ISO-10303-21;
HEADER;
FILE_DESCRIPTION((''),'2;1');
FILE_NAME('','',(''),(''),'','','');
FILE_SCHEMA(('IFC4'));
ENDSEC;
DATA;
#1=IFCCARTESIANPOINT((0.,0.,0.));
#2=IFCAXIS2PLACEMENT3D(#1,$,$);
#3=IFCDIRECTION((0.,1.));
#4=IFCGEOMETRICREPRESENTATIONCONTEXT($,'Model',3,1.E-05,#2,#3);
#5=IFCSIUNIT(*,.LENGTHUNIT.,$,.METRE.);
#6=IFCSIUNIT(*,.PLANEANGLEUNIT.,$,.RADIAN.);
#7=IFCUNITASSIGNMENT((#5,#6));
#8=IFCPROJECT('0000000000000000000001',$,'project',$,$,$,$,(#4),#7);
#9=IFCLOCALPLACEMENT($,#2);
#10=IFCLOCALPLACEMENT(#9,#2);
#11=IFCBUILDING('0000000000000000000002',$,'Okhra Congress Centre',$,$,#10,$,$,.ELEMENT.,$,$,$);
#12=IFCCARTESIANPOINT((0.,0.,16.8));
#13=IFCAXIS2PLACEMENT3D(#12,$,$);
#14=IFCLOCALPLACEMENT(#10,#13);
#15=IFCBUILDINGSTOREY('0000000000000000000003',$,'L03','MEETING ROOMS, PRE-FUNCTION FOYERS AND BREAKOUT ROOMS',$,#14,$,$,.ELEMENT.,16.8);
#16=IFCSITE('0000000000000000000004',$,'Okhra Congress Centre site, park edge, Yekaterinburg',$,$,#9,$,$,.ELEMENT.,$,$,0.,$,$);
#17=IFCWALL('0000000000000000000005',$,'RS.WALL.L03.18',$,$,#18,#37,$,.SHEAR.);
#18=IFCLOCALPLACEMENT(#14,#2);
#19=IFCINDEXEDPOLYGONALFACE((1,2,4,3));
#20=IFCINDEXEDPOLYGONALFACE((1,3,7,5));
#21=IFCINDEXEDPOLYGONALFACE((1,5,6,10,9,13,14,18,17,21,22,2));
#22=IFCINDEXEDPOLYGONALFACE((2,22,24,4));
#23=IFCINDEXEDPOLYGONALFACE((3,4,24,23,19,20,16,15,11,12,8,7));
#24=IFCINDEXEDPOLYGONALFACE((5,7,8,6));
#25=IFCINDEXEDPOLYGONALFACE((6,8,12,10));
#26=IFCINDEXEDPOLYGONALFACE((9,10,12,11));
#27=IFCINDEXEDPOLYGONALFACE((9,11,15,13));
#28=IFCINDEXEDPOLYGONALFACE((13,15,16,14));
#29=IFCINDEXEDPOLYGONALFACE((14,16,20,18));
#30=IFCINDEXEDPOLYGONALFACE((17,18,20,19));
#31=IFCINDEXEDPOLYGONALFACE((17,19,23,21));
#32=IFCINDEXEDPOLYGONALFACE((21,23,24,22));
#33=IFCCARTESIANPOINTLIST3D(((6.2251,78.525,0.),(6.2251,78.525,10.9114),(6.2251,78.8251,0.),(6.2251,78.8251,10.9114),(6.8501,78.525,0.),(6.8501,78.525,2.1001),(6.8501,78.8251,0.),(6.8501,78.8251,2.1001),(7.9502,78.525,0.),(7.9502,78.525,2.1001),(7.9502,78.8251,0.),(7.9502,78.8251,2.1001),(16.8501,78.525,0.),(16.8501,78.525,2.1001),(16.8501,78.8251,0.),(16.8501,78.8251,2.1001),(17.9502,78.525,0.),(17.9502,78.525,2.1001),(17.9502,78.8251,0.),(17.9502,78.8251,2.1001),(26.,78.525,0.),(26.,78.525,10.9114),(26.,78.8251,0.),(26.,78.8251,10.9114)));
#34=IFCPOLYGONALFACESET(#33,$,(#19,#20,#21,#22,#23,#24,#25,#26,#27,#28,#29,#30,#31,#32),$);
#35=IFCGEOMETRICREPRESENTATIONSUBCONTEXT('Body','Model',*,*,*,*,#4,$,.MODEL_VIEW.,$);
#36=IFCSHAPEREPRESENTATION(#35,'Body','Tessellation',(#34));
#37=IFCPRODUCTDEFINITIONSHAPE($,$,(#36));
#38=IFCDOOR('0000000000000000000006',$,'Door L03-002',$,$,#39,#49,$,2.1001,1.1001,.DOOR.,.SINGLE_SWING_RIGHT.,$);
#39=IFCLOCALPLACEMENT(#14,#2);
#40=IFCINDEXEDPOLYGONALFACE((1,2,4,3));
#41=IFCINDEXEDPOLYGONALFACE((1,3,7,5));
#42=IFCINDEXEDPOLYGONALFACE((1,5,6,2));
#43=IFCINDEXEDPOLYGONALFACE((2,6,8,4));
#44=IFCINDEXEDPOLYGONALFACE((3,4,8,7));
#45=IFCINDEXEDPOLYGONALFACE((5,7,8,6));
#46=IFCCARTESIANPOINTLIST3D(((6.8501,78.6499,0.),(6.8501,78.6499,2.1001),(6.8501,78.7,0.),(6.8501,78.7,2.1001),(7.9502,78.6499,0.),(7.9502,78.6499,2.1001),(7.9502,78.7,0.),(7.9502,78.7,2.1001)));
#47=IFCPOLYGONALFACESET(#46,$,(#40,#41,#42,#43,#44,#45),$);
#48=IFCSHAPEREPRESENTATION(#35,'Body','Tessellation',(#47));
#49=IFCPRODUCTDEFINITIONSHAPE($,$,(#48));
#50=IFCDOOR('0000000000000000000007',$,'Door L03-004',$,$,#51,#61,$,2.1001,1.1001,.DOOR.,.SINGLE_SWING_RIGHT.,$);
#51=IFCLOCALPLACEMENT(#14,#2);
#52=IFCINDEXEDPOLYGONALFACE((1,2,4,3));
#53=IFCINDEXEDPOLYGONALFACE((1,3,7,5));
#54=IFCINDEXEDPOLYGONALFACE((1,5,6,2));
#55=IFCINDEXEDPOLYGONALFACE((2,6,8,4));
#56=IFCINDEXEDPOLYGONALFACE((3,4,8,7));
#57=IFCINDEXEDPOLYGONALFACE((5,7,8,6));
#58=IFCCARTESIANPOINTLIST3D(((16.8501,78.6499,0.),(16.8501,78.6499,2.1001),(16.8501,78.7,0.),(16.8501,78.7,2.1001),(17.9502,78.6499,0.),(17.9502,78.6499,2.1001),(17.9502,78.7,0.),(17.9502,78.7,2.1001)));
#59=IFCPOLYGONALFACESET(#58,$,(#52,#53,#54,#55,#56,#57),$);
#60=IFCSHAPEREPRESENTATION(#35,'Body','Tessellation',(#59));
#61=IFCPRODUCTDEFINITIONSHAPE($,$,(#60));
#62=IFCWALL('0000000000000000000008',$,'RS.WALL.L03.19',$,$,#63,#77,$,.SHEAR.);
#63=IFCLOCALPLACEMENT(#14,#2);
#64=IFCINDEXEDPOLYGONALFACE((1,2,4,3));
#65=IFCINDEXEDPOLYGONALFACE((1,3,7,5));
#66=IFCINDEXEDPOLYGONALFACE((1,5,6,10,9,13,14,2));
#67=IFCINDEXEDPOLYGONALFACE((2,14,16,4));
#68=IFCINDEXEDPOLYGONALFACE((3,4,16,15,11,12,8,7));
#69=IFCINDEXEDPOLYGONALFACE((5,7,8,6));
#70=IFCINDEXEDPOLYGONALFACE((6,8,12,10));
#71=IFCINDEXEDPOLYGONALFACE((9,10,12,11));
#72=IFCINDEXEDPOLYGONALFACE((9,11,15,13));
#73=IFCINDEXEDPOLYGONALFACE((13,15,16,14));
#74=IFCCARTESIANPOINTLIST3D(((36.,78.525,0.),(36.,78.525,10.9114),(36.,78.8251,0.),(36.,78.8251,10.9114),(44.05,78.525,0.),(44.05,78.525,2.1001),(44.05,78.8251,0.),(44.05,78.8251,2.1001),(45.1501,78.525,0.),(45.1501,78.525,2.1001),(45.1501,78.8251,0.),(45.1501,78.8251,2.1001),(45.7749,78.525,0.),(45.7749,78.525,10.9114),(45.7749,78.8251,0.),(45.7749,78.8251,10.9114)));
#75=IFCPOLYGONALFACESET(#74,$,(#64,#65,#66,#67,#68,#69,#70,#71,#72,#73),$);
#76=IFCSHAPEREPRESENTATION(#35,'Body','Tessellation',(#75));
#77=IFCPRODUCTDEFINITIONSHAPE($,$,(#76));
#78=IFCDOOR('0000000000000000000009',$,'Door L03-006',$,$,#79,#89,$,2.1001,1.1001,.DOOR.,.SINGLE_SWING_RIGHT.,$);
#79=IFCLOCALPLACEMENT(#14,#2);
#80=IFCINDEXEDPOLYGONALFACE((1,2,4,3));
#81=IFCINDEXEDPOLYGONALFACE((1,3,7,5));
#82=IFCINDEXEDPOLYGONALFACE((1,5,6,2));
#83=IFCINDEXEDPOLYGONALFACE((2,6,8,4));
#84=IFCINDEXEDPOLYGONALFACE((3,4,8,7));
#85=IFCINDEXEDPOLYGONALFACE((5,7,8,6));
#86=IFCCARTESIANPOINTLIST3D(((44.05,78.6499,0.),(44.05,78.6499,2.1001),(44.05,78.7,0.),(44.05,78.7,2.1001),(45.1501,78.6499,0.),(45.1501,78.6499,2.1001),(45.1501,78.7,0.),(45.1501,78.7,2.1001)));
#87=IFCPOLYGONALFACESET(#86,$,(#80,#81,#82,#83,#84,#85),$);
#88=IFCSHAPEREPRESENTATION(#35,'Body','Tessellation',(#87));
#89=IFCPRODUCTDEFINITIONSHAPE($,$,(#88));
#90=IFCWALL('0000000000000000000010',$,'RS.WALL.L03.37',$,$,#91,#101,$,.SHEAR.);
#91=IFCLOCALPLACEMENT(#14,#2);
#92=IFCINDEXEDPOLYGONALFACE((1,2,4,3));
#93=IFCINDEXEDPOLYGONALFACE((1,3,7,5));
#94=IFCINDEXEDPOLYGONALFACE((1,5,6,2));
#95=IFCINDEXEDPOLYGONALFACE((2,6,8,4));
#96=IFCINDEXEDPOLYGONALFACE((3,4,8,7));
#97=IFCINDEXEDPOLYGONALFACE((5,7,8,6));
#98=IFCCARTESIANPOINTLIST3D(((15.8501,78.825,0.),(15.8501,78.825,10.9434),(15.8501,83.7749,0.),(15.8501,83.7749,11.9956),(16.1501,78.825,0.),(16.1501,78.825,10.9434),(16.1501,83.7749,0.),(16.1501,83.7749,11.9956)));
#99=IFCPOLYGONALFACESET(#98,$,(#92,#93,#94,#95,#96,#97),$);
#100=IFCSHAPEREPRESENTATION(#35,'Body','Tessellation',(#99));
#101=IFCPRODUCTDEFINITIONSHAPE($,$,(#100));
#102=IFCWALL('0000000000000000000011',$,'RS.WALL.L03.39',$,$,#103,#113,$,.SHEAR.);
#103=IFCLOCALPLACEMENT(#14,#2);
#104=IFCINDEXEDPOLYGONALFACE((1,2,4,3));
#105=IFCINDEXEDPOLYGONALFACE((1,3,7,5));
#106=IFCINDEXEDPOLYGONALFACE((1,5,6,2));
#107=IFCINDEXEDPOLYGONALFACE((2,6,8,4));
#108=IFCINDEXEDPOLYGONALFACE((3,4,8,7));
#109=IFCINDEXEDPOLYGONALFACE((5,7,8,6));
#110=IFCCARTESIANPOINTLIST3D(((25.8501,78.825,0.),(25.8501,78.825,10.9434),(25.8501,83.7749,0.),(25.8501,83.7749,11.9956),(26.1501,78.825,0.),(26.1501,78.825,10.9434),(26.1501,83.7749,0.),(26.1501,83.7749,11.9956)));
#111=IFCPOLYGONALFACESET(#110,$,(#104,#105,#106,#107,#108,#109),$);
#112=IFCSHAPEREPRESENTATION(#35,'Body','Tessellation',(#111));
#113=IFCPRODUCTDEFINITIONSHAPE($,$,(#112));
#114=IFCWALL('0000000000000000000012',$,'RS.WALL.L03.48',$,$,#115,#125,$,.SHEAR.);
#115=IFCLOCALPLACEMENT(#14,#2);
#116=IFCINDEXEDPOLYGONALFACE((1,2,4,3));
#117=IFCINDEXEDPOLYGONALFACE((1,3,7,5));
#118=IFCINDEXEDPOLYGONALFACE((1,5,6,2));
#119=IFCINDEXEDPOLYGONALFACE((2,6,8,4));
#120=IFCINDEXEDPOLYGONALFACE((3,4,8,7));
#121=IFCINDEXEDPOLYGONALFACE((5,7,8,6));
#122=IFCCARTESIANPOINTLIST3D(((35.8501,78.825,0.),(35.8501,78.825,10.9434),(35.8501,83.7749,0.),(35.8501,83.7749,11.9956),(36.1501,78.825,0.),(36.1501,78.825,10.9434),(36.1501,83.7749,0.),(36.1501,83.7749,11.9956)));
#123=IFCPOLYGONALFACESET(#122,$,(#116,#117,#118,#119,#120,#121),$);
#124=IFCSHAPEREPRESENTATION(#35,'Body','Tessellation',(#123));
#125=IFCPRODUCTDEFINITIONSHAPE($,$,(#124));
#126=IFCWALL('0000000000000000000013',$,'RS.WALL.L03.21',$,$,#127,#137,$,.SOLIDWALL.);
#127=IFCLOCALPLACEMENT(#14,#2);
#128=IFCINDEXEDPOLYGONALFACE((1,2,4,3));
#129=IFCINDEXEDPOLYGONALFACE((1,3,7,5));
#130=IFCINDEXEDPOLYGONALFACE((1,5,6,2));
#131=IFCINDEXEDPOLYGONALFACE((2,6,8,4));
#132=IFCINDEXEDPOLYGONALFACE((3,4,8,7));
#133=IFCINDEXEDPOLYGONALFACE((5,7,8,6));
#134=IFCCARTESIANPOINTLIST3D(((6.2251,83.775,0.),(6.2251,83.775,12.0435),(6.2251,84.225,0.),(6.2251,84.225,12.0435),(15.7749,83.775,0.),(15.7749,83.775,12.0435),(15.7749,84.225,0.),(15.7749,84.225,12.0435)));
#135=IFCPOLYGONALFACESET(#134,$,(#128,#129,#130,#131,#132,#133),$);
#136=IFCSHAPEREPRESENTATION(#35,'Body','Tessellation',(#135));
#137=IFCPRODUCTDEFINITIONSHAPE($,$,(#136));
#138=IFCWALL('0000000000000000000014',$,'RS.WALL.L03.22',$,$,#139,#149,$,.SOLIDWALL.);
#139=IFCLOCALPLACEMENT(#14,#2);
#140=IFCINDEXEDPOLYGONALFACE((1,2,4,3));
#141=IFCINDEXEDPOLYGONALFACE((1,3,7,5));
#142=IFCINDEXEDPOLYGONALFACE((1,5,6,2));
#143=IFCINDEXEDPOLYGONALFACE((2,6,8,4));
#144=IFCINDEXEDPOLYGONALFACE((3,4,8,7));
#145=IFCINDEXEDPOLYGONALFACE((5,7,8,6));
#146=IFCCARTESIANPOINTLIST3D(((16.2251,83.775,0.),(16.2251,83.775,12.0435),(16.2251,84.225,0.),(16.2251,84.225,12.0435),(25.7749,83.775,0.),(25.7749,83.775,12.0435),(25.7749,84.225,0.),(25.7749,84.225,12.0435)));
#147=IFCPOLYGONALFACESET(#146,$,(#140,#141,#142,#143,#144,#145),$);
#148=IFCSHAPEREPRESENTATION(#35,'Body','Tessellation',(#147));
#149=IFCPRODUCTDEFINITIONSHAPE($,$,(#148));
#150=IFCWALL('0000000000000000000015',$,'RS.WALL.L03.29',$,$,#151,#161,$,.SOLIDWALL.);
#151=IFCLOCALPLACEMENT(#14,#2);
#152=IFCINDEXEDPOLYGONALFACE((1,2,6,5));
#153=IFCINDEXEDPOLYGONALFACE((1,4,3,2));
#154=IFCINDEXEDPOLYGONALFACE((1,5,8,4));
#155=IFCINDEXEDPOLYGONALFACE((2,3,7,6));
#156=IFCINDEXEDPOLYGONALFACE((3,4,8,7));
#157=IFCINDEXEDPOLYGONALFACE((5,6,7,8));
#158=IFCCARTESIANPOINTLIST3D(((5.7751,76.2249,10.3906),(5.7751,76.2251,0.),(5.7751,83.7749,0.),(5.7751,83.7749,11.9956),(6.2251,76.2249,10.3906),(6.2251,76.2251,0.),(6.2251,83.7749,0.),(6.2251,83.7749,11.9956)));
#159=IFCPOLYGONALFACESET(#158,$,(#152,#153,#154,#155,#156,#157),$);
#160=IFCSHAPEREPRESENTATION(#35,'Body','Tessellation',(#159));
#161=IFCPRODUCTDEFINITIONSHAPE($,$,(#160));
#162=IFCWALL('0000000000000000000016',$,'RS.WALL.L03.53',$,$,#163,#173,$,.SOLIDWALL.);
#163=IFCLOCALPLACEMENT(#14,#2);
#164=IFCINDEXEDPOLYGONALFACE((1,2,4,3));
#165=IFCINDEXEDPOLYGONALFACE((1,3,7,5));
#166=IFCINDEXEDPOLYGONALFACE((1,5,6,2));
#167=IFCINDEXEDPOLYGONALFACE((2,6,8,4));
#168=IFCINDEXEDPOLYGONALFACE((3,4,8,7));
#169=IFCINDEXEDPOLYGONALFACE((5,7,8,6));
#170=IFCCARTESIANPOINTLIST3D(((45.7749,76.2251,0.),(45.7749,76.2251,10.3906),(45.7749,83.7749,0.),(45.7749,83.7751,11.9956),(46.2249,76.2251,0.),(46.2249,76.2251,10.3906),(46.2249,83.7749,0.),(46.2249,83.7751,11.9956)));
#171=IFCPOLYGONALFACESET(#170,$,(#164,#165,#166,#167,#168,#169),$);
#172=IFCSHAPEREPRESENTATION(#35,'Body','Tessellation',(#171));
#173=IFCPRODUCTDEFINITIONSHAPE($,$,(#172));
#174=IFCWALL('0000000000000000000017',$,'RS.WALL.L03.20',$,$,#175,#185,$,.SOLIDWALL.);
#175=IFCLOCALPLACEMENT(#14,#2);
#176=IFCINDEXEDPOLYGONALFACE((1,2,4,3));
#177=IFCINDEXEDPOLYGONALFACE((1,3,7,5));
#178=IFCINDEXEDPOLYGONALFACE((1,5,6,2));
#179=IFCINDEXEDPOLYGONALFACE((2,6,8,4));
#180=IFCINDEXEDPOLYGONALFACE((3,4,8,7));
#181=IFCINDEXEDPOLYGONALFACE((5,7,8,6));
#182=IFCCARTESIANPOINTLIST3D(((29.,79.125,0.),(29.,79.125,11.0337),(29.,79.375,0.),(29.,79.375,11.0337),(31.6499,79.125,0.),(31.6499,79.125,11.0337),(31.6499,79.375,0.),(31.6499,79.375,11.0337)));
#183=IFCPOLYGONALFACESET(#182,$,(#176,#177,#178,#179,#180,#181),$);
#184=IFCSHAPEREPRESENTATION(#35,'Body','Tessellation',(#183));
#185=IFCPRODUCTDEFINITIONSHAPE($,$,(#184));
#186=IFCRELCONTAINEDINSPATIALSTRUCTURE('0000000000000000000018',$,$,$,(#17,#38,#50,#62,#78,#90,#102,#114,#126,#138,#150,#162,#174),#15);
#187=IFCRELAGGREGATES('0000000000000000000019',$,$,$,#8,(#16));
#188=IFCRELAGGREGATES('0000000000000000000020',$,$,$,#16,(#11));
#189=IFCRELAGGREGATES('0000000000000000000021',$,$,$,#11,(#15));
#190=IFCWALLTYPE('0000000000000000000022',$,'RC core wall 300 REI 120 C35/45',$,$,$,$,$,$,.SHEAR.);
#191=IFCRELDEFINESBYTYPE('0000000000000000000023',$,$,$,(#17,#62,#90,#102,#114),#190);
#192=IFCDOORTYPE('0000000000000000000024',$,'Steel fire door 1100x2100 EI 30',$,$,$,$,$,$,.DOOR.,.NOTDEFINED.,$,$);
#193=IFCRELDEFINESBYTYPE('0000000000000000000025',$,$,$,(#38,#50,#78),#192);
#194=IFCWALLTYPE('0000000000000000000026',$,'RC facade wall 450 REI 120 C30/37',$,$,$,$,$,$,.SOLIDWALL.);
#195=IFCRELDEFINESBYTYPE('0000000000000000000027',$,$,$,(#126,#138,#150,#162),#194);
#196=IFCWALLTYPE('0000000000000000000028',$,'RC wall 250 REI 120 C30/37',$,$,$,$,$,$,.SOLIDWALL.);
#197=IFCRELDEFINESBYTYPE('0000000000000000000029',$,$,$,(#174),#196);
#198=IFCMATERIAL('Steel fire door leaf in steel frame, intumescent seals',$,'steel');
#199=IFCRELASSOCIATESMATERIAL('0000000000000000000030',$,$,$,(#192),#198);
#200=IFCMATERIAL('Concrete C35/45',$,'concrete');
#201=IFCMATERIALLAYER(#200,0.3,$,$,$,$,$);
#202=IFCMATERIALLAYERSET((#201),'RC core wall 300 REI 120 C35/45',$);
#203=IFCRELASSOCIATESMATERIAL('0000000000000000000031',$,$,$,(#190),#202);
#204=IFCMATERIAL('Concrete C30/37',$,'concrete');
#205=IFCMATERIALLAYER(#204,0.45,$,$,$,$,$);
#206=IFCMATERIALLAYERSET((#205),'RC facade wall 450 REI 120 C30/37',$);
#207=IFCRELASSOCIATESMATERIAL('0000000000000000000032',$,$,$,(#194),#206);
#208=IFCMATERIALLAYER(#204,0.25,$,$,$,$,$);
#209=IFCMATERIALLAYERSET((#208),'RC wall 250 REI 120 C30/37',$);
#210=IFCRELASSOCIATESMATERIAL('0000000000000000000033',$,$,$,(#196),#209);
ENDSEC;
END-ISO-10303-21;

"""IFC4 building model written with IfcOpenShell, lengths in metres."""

from ifc_helpers import new_model, si_unit, direction, frame, frame_2d, origin, place, context, subcontext, project, spatial, polyline, rectangle, outline, extrude, material, layer, layer_set, type_object, element, fill, save


model = new_model("IFC4")

# Units and contexts
model_context = context("Model", 3, precision=1e-05, world=origin(), true_north=direction((0.0, 1.0)))
body_context = subcontext(model_context, "Body", "Model", "MODEL_VIEW")
ifc_project = project(units=[si_unit("LENGTHUNIT", "METRE"), si_unit("PLANEANGLEUNIT", "RADIAN")], contexts=[model_context])

# Site, building, storey
site_placement = place(None, origin())
site = spatial("IfcSite", under=ifc_project, at=site_placement, Name="Okhra Congress Centre site, park edge, Yekaterinburg", CompositionType="ELEMENT", RefElevation=0.0)
building_placement = place(site_placement, origin())
building = spatial("IfcBuilding", under=site, at=building_placement, Name="Okhra Congress Centre", CompositionType="ELEMENT")
storey_placement = place(building_placement, frame((0.0, 0.0, 16.8)))
storey = spatial("IfcBuildingStorey", under=building, at=storey_placement, Name="L03", Description="MEETING ROOMS, PRE-FUNCTION FOYERS AND BREAKOUT ROOMS", CompositionType="ELEMENT", Elevation=16.8)

# Shared definitions
ifc_material_1 = material(Name="Concrete C35/45", Category="concrete")

# Shared definitions
ifc_material_2 = material(Name="Steel fire door leaf in steel frame, intumescent seals", Category="steel")
door_type = type_object("IfcDoorType", Name="Steel fire door 1100x2100 EI 30", OperationType="NOTDEFINED", PredefinedType="DOOR", material=ifc_material_2)

# Wall, openings, doors
ifc_layer_1 = layer(ifc_material_1, 0.3)
ifc_layer_set_1 = layer_set([ifc_layer_1], Name="RC core wall 300 REI 120 C35/45")
wall_type_1 = type_object("IfcWallType", Name="RC core wall 300 REI 120 C35/45", PredefinedType="SHEAR", material=ifc_layer_set_1)
wall_1_placement = place(storey_placement, frame((6.2251, 78.675, 0.0), z_axis=(0.0, 0.0, 1.0), x_axis=(1.0, 0.0, 0.0)))
wall_1 = element("IfcWall", 1, at=wall_1_placement, inside=storey, type_object=wall_type_1, Name="RS.WALL.L03.18", PredefinedType="SHEAR", context=body_context, shape_type="SweptSolid", body=[
    extrude(rectangle(XDim=19.7749, YDim=0.3, at=frame_2d((9.8875, 0.0))), origin(), (0.0, 0.0, 1.0), 10.9114),
])
opening_1_placement = place(wall_1_placement, frame((0.625, 0.0, 0.0)))
opening_1 = element("IfcOpeningElement", 2, at=opening_1_placement, cuts=wall_1, PredefinedType="OPENING", context=body_context, shape_type="SweptSolid", body=[
    extrude(rectangle(XDim=1.1001, YDim=2.1001, at=frame_2d((0.55, 1.05))), frame((0.0, 0.1599, 0.0), z_axis=(0.0, -1.0, 0.0), x_axis=(1.0, 0.0, 0.0)), (0.0, 0.0, 1.0), 0.3201),
])
opening_2_placement = place(wall_1_placement, frame((10.625, 0.0, 0.0)))
opening_2 = element("IfcOpeningElement", 3, at=opening_2_placement, cuts=wall_1, PredefinedType="OPENING", context=body_context, shape_type="SweptSolid", body=[
    extrude(rectangle(XDim=1.1001, YDim=2.1001, at=frame_2d((0.55, 1.05))), frame((0.0, 0.1599, 0.0), z_axis=(0.0, -1.0, 0.0), x_axis=(1.0, 0.0, 0.0)), (0.0, 0.0, 1.0), 0.3201),
])
door_1_placement = place(opening_1_placement, origin())
door_1 = element("IfcDoor", 4, at=door_1_placement, inside=storey, type_object=door_type, Name="Door L03-002", OperationType="SINGLE_SWING_RIGHT", OverallHeight=2.1001, OverallWidth=1.1001, PredefinedType="DOOR", context=body_context, shape_type="SweptSolid", body=[
    extrude(rectangle(XDim=1.1001, YDim=2.1001, at=frame_2d((0.55, 1.05))), frame((0.0, 0.0249, 0.0), z_axis=(0.0, -1.0, 0.0), x_axis=(1.0, 0.0, 0.0)), (0.0, 0.0, 1.0), 0.05),
])
fill(opening_1, door_1)
door_2_placement = place(opening_2_placement, origin())
door_2 = element("IfcDoor", 5, at=door_2_placement, inside=storey, type_object=door_type, Name="Door L03-004", OperationType="SINGLE_SWING_RIGHT", OverallHeight=2.1001, OverallWidth=1.1001, PredefinedType="DOOR", context=body_context, shape_type="SweptSolid", body=[
    extrude(rectangle(XDim=1.1001, YDim=2.1001, at=frame_2d((0.55, 1.05))), frame((0.0, 0.0249, 0.0), z_axis=(0.0, -1.0, 0.0), x_axis=(1.0, 0.0, 0.0)), (0.0, 0.0, 1.0), 0.05),
])
fill(opening_2, door_2)

# Wall, opening, door
wall_2_placement = place(storey_placement, frame((36.0, 78.675, 0.0), z_axis=(0.0, 0.0, 1.0), x_axis=(1.0, 0.0, 0.0)))
wall_2 = element("IfcWall", 6, at=wall_2_placement, inside=storey, type_object=wall_type_1, Name="RS.WALL.L03.19", PredefinedType="SHEAR", context=body_context, shape_type="SweptSolid", body=[
    extrude(rectangle(XDim=9.7749, YDim=0.3, at=frame_2d((4.8875, 0.0))), origin(), (0.0, 0.0, 1.0), 10.9114),
])
opening_3_placement = place(wall_2_placement, frame((8.05, 0.0, 0.0)))
opening_3 = element("IfcOpeningElement", 7, at=opening_3_placement, cuts=wall_2, PredefinedType="OPENING", context=body_context, shape_type="SweptSolid", body=[
    extrude(rectangle(XDim=1.1001, YDim=2.1001, at=frame_2d((0.55, 1.05))), frame((0.0, 0.1599, 0.0), z_axis=(0.0, -1.0, 0.0), x_axis=(1.0, 0.0, 0.0)), (0.0, 0.0, 1.0), 0.3201),
])
door_3_placement = place(opening_3_placement, origin())
door_3 = element("IfcDoor", 8, at=door_3_placement, inside=storey, type_object=door_type, Name="Door L03-006", OperationType="SINGLE_SWING_RIGHT", OverallHeight=2.1001, OverallWidth=1.1001, PredefinedType="DOOR", context=body_context, shape_type="SweptSolid", body=[
    extrude(rectangle(XDim=1.1001, YDim=2.1001, at=frame_2d((0.55, 1.05))), frame((0.0, 0.0249, 0.0), z_axis=(0.0, -1.0, 0.0), x_axis=(1.0, 0.0, 0.0)), (0.0, 0.0, 1.0), 0.05),
])
fill(opening_3, door_3)

# Walls
for number, where, z_axis, x_axis, name in (
    (9, (16.0, 78.825, 0.0), (0.0, 0.0, 1.0), (0.0, 1.0, 0.0), "RS.WALL.L03.37"),
    (10, (26.0, 78.825, 0.0), (0.0, 0.0, 1.0), (0.0, 1.0, 0.0), "RS.WALL.L03.39"),
    (11, (36.0, 78.825, 0.0), (0.0, 0.0, 1.0), (0.0, 1.0, 0.0), "RS.WALL.L03.48"),
):
    element("IfcWall", number, at=place(storey_placement, frame(where, z_axis=z_axis, x_axis=x_axis)), inside=storey, type_object=wall_type_1, Name=name, PredefinedType="SHEAR", context=body_context, shape_type="SweptSolid", body=[
        extrude(outline(polyline([(0.0, 0.0), (4.95, 0.0), (4.95, 11.9956), (0.0, 10.9434), (0.0, 0.0)])), frame((0.0, 0.1499, 0.0), z_axis=(0.0, -1.0, 0.0), x_axis=(1.0, 0.0, 0.0)), (0.0, 0.0, 1.0), 0.3),
    ])
ifc_material_3 = material(Name="Concrete C30/37", Category="concrete")
ifc_layer_2 = layer(ifc_material_3, 0.45)
ifc_layer_set_2 = layer_set([ifc_layer_2], Name="RC facade wall 450 REI 120 C30/37")
wall_type_2 = type_object("IfcWallType", Name="RC facade wall 450 REI 120 C30/37", PredefinedType="SOLIDWALL", material=ifc_layer_set_2)
for number, where, z_axis, x_axis, name in (
    (12, (15.7749, 84.0, 0.0), (0.0, 0.0, 1.0), (-1.0, 0.0, 0.0), "RS.WALL.L03.21"),
    (13, (25.7749, 84.0, 0.0), (0.0, 0.0, 1.0), (-1.0, 0.0, 0.0), "RS.WALL.L03.22"),
):
    element("IfcWall", number, at=place(storey_placement, frame(where, z_axis=z_axis, x_axis=x_axis)), inside=storey, type_object=wall_type_2, Name=name, PredefinedType="SOLIDWALL", context=body_context, shape_type="SweptSolid", body=[
        extrude(rectangle(XDim=9.5498, YDim=0.45, at=frame_2d((4.7749, 0.0))), origin(), (0.0, 0.0, 1.0), 12.0435),
    ])
wall_3_placement = place(storey_placement, frame((6.0, 83.7749, 0.0), z_axis=(0.0, 0.0, 1.0), x_axis=(0.0, -1.0, 0.0)))
element("IfcWall", 14, at=wall_3_placement, inside=storey, type_object=wall_type_2, Name="RS.WALL.L03.29", PredefinedType="SOLIDWALL", context=body_context, shape_type="SweptSolid", body=[
    extrude(outline(polyline([(0.0, 0.0), (7.5498, 0.0), (7.55, 10.3906), (0.0, 11.9956), (0.0, 0.0)])), frame((0.0, 0.2251, 0.0), z_axis=(0.0, -1.0, 0.0), x_axis=(1.0, 0.0, 0.0)), (0.0, 0.0, 1.0), 0.45),
])
wall_4_placement = place(storey_placement, frame((46.0, 76.2251, 0.0), z_axis=(0.0, 0.0, 1.0), x_axis=(0.0, 1.0, 0.0)))
element("IfcWall", 15, at=wall_4_placement, inside=storey, type_object=wall_type_2, Name="RS.WALL.L03.53", PredefinedType="SOLIDWALL", context=body_context, shape_type="SweptSolid", body=[
    extrude(outline(polyline([(0.0, 0.0), (7.5498, 0.0), (7.55, 11.9956), (0.0, 10.3906), (0.0, 0.0)])), frame((0.0, 0.2251, 0.0), z_axis=(0.0, -1.0, 0.0), x_axis=(1.0, 0.0, 0.0)), (0.0, 0.0, 1.0), 0.45),
])
ifc_layer_3 = layer(ifc_material_3, 0.25)
ifc_layer_set_3 = layer_set([ifc_layer_3], Name="RC wall 250 REI 120 C30/37")
wall_type_3 = type_object("IfcWallType", Name="RC wall 250 REI 120 C30/37", PredefinedType="SOLIDWALL", material=ifc_layer_set_3)
wall_5_placement = place(storey_placement, frame((29.0, 79.25, 0.0), z_axis=(0.0, 0.0, 1.0), x_axis=(1.0, 0.0, 0.0)))
element("IfcWall", 16, at=wall_5_placement, inside=storey, type_object=wall_type_3, Name="RS.WALL.L03.20", PredefinedType="SOLIDWALL", context=body_context, shape_type="SweptSolid", body=[
    extrude(rectangle(XDim=2.6499, YDim=0.25, at=frame_2d((1.325, 0.0))), origin(), (0.0, 0.0, 1.0), 11.0337),
])

save(model, "model.ifc")
